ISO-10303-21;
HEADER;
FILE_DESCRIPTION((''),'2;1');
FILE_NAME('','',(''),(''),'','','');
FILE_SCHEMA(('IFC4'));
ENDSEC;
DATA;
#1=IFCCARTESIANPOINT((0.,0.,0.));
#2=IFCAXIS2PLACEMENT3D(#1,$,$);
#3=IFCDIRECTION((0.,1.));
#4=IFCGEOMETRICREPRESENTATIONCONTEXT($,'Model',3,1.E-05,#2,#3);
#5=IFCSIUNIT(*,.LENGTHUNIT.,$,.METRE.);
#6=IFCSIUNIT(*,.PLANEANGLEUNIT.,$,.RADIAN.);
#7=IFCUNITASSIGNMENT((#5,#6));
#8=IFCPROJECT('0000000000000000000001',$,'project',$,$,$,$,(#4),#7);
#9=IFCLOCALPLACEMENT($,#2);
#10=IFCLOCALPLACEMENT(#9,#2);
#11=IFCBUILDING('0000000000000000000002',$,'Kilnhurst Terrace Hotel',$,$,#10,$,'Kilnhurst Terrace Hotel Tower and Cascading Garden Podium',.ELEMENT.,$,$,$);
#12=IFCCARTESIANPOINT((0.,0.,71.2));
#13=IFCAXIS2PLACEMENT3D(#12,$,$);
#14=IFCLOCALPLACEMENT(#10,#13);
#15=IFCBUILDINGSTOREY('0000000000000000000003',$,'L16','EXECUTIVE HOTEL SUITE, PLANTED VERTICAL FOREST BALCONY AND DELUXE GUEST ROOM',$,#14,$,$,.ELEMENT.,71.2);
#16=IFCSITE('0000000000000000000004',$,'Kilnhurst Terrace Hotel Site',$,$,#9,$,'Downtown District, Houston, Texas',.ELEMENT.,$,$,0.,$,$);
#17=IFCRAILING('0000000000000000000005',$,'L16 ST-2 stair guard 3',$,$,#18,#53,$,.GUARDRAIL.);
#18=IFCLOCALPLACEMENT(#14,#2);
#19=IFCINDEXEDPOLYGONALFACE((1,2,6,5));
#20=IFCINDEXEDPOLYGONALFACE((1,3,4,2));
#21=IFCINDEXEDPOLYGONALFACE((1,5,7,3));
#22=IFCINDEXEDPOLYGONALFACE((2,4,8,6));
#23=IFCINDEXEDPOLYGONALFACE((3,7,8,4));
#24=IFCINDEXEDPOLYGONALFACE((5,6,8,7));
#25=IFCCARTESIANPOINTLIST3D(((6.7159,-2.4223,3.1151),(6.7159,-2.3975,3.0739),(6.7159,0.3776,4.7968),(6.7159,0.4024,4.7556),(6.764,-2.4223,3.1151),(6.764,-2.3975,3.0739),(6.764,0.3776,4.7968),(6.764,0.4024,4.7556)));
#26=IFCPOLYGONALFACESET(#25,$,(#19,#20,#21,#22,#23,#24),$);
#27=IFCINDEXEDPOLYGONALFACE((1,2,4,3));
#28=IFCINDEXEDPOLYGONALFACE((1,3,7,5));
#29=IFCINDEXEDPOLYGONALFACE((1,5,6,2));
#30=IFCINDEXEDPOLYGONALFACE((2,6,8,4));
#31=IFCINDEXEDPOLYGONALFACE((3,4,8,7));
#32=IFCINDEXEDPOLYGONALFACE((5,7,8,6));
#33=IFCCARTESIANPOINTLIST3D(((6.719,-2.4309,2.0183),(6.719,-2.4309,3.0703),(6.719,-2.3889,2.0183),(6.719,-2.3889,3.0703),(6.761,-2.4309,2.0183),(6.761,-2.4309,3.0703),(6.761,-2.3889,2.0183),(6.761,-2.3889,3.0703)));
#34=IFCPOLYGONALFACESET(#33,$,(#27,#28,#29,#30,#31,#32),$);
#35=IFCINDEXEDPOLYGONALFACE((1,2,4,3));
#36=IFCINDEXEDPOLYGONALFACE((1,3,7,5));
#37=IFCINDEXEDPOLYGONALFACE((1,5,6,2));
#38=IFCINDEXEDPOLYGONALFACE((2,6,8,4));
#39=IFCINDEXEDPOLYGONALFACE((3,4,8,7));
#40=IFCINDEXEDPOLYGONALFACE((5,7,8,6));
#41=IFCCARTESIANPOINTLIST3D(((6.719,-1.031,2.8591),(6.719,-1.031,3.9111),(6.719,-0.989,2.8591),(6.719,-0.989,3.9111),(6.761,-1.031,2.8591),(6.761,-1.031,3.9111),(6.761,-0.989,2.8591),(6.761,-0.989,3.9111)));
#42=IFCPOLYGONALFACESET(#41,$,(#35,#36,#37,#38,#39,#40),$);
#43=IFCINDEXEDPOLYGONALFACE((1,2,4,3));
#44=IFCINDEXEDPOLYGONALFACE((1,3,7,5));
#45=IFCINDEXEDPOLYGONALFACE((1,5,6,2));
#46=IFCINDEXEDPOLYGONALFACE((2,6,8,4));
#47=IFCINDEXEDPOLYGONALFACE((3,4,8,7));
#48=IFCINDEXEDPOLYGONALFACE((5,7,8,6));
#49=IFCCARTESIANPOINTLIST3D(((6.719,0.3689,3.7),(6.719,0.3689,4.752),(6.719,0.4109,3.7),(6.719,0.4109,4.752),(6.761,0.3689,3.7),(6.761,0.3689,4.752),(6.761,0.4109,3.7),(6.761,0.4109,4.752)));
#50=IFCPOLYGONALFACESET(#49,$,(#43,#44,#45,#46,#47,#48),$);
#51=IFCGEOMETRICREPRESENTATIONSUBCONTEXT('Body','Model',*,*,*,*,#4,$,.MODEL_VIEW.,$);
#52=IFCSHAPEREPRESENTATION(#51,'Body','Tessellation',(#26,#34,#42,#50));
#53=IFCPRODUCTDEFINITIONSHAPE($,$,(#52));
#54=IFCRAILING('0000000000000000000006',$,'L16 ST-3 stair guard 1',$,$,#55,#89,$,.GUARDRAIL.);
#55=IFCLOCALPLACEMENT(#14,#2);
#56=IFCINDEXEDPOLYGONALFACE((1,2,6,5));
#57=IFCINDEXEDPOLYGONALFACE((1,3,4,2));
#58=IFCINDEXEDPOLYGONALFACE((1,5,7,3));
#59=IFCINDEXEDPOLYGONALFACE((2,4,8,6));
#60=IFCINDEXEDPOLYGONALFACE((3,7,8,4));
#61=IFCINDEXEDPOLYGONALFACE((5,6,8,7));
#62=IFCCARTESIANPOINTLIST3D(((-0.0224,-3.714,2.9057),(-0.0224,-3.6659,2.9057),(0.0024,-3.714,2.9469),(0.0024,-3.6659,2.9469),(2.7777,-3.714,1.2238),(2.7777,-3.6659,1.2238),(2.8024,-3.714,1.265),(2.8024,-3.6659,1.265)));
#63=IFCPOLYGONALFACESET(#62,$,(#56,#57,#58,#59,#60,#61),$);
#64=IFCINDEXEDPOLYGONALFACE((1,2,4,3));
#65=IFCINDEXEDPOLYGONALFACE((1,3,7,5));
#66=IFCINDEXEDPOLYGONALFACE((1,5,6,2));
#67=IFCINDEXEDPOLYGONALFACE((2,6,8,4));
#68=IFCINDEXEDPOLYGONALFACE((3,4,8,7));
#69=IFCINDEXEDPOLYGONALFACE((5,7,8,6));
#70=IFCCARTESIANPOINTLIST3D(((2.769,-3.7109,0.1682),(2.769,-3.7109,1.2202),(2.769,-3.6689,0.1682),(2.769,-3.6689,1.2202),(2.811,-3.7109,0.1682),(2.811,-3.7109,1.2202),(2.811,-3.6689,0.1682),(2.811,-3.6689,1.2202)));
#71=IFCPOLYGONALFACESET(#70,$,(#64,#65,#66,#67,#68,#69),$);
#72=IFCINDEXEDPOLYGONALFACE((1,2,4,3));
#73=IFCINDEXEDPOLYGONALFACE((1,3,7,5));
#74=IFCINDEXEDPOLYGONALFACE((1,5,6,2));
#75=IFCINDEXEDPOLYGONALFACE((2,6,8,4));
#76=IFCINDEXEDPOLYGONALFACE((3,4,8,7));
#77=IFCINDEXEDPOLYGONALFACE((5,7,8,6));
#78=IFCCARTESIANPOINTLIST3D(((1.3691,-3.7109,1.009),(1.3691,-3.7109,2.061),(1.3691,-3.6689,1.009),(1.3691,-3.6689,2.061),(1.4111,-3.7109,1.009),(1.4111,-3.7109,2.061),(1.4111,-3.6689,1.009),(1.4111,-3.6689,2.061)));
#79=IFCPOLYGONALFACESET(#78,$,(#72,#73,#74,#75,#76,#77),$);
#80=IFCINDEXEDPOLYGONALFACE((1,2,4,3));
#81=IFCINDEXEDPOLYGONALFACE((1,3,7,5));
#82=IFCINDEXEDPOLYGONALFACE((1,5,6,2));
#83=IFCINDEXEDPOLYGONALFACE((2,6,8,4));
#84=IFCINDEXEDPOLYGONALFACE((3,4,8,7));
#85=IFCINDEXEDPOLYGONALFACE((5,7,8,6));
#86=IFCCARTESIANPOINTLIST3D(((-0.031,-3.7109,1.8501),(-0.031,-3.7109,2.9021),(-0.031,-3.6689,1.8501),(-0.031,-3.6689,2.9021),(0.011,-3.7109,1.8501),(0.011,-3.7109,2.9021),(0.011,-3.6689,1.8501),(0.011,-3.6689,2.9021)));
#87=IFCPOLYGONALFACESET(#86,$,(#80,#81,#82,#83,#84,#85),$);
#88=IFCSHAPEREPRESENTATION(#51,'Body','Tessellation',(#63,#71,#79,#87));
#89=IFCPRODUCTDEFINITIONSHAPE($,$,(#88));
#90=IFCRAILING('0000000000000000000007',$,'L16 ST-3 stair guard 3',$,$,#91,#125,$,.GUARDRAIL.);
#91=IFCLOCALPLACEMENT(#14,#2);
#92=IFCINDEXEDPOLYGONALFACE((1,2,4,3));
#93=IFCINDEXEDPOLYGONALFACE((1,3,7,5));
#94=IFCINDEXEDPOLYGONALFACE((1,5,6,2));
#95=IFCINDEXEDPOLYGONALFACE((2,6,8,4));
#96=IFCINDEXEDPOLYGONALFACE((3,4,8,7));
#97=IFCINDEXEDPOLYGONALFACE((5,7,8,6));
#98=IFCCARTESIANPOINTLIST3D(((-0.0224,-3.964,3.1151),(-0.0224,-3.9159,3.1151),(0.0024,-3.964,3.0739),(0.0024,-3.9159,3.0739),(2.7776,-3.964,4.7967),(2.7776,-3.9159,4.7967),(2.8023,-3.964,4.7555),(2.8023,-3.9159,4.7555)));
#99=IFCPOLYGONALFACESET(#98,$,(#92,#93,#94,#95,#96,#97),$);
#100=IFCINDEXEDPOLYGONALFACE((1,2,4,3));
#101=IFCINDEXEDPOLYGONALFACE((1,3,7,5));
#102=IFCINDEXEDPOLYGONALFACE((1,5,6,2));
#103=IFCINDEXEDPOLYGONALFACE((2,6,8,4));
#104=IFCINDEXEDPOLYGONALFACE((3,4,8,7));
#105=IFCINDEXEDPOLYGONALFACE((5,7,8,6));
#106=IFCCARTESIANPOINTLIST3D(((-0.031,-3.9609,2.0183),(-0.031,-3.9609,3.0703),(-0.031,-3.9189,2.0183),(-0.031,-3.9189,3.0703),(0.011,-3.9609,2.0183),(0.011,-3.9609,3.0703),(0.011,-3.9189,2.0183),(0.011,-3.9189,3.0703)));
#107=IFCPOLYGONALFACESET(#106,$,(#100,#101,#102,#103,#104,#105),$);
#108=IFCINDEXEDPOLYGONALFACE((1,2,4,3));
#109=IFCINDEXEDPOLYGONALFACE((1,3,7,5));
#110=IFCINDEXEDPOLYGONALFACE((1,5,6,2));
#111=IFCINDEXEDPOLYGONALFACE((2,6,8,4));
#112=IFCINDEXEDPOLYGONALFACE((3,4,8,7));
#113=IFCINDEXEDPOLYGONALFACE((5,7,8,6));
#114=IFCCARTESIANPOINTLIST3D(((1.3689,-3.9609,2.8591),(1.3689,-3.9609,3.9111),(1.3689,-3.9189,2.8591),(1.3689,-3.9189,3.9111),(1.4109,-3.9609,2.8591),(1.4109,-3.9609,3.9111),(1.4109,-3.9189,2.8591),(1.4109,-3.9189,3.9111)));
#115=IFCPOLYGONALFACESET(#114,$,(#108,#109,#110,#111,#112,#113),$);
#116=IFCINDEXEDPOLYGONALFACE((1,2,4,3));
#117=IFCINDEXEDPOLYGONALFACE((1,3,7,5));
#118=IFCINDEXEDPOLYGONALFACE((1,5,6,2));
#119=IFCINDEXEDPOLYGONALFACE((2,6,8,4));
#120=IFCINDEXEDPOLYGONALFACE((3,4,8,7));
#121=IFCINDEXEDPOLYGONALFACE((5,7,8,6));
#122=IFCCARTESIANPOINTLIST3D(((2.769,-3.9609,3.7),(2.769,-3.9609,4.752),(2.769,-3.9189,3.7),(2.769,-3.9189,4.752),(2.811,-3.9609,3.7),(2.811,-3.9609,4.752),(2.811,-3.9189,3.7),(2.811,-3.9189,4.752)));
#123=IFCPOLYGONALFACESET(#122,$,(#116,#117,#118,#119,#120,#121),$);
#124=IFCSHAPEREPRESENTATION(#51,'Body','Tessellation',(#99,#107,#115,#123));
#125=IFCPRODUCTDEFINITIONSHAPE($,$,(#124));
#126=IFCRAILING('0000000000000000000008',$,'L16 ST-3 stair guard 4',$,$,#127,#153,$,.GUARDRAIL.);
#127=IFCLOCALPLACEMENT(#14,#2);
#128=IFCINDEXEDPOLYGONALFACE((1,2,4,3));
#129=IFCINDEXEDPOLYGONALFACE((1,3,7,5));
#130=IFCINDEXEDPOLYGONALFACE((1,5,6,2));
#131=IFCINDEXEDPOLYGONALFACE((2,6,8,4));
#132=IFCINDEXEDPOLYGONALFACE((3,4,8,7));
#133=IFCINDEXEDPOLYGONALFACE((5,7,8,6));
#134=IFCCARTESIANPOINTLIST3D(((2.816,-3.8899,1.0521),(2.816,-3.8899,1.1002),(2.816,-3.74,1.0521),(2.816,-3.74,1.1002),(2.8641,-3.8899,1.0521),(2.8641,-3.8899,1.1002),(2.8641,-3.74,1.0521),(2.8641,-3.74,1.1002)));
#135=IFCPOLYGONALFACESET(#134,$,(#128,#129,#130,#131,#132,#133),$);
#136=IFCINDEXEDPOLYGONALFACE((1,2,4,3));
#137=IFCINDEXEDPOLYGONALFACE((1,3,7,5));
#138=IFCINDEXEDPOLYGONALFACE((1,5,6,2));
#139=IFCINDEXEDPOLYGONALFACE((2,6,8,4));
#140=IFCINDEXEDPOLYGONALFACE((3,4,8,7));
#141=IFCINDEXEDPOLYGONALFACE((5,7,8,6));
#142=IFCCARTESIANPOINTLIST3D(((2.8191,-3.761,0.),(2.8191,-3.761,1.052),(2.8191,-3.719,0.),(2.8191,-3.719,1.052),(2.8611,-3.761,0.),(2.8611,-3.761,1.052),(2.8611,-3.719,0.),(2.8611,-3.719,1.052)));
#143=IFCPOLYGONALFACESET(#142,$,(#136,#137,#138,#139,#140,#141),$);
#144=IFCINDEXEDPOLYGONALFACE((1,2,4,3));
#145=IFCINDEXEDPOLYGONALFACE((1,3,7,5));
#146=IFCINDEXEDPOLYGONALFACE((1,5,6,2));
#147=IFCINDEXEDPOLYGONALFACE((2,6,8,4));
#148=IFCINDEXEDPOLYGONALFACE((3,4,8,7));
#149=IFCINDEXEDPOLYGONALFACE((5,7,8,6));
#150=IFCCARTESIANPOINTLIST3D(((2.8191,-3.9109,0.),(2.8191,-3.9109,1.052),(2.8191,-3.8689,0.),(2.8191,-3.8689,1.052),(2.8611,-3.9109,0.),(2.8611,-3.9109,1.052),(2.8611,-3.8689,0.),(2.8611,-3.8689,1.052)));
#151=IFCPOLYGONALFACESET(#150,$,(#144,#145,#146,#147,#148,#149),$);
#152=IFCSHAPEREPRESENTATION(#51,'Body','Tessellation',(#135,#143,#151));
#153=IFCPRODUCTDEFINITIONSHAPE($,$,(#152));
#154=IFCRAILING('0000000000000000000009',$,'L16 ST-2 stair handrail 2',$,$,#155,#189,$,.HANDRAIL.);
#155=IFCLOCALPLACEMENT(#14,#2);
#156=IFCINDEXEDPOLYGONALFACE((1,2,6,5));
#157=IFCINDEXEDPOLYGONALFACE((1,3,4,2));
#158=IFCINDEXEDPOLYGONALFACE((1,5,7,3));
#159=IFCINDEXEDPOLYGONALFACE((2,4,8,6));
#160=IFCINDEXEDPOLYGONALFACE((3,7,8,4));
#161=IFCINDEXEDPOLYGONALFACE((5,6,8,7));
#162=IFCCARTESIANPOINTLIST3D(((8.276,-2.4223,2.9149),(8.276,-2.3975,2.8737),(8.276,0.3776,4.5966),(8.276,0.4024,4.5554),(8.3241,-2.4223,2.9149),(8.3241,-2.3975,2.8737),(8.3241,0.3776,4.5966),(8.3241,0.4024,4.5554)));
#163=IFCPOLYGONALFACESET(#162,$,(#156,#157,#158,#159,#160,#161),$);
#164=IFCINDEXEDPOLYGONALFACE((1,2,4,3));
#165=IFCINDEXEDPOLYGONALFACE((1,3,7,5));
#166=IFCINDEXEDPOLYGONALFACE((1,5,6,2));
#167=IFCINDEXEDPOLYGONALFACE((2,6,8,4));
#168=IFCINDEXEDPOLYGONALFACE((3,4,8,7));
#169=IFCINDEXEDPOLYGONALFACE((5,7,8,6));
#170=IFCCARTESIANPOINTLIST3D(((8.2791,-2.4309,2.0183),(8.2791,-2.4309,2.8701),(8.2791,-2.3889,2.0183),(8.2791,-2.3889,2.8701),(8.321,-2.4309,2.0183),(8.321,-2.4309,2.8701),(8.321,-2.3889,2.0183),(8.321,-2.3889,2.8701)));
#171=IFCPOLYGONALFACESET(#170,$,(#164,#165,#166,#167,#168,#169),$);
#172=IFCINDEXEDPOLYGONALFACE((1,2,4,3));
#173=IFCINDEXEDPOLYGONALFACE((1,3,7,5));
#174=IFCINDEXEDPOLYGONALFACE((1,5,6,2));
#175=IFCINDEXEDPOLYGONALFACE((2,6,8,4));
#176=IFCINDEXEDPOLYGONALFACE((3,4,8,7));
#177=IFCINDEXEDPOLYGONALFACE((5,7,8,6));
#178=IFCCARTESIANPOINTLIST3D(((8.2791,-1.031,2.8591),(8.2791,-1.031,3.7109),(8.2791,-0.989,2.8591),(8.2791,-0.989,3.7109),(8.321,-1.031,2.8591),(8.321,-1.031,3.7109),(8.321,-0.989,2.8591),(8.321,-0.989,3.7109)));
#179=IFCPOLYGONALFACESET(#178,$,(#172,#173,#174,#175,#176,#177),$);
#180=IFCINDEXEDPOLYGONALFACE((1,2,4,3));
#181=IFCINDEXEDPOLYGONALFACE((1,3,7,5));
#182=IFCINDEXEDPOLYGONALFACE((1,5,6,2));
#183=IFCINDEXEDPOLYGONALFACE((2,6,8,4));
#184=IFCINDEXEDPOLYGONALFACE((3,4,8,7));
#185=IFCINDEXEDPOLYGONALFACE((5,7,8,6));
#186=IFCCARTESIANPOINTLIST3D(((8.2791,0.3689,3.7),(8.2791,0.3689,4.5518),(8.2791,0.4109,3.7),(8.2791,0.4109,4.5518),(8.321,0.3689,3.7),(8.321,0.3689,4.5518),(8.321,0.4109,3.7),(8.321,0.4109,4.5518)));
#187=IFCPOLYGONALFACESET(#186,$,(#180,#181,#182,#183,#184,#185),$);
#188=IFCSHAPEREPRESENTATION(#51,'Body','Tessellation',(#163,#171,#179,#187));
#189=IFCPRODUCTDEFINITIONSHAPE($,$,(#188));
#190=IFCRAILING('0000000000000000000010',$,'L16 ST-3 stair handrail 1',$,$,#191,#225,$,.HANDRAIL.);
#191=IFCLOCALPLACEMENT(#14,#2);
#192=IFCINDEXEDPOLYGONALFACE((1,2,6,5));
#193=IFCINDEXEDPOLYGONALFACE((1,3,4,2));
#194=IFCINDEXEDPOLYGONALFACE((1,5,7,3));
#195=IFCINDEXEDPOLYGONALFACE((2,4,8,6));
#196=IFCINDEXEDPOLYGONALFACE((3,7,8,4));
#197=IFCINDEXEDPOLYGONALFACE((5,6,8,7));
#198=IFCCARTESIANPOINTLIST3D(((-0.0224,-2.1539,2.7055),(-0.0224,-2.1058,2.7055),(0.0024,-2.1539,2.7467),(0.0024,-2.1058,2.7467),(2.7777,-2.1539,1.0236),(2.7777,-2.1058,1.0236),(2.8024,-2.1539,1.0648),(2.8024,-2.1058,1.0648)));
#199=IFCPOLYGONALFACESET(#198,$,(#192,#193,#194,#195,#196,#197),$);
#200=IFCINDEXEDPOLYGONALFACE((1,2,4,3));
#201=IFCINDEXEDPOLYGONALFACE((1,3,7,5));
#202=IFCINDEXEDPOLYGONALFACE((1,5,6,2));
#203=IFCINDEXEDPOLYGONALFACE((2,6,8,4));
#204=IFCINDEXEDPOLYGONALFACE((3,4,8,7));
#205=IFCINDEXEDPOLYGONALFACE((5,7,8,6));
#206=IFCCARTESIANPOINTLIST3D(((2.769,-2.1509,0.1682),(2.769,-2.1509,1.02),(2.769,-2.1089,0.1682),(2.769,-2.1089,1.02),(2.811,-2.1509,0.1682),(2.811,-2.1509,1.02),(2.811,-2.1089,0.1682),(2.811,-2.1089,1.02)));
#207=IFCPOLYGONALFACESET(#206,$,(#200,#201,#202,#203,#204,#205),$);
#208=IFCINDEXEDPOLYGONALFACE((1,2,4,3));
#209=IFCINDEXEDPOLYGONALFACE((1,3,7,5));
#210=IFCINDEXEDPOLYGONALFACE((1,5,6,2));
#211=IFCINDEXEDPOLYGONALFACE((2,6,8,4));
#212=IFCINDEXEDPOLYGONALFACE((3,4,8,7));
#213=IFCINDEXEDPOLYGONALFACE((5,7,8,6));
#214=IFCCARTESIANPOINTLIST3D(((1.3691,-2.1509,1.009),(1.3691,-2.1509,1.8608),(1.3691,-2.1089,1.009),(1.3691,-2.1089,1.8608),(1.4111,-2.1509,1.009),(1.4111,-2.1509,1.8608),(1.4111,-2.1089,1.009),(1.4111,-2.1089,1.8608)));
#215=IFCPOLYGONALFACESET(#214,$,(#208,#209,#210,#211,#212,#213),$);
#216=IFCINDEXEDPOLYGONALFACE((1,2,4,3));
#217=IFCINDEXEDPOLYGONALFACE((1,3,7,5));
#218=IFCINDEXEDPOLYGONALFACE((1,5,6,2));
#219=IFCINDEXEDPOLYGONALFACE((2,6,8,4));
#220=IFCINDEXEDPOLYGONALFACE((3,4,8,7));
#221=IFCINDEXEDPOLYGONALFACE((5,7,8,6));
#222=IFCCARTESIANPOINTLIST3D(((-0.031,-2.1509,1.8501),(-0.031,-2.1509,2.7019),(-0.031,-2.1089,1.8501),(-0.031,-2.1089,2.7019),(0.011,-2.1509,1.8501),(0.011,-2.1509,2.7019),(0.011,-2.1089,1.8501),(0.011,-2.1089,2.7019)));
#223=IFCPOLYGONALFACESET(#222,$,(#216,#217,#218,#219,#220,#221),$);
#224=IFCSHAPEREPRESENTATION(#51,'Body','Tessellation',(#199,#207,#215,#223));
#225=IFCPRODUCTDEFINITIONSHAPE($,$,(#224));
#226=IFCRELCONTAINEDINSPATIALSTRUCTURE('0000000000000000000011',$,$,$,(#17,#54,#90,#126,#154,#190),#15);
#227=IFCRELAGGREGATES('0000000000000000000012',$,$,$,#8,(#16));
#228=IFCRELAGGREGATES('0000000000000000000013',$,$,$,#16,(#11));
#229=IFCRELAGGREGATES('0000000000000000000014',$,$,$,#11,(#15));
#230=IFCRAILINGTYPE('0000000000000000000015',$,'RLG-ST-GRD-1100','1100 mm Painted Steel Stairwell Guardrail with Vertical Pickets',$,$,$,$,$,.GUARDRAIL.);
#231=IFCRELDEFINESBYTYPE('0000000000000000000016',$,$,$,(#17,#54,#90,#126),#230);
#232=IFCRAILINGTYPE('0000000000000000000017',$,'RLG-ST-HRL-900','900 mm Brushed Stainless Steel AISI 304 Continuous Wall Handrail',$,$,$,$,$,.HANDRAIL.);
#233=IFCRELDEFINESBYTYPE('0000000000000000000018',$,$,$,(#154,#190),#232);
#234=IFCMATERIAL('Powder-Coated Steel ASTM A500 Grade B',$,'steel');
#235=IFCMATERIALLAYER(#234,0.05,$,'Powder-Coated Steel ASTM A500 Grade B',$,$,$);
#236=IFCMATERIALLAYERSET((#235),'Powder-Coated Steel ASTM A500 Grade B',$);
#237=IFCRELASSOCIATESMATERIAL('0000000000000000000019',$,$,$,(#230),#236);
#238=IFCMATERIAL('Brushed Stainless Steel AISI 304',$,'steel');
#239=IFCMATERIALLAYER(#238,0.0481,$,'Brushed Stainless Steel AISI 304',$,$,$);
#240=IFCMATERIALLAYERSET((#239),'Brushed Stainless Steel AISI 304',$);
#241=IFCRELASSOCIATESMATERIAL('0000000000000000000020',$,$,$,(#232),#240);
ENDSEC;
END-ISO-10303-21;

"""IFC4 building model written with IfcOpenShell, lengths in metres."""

from ifc_helpers import new_model, si_unit, direction, frame, origin, origin_2d, place, context, subcontext, project, spatial, rectangle, extrude, material, layer, layer_set, type_object, element, save


model = new_model("IFC4")

# Units and contexts
model_context = context("Model", 3, precision=1e-05, world=origin(), true_north=direction((0.0, 1.0)))
body_context = subcontext(model_context, "Body", "Model", "MODEL_VIEW")
ifc_project = project(units=[si_unit("LENGTHUNIT", "METRE"), si_unit("PLANEANGLEUNIT", "RADIAN")], contexts=[model_context])

# Site, building, storey
site_placement = place(None, origin())
site = spatial("IfcSite", under=ifc_project, at=site_placement, Name="Kilnhurst Terrace Hotel Site", LongName="Downtown District, Houston, Texas", CompositionType="ELEMENT", RefElevation=0.0)
building_placement = place(site_placement, origin())
building = spatial("IfcBuilding", under=site, at=building_placement, Name="Kilnhurst Terrace Hotel", LongName="Kilnhurst Terrace Hotel Tower and Cascading Garden Podium", CompositionType="ELEMENT")
storey_placement = place(building_placement, frame((0.0, 0.0, 71.2)))
storey = spatial("IfcBuildingStorey", under=building, at=storey_placement, Name="L16", Description="EXECUTIVE HOTEL SUITE, PLANTED VERTICAL FOREST BALCONY AND DELUXE GUEST ROOM", CompositionType="ELEMENT", Elevation=71.2)

# Railings
ifc_material_1 = material(Name="Powder-Coated Steel ASTM A500 Grade B", Category="steel")
ifc_layer_1 = layer(ifc_material_1, 0.05, Name="Powder-Coated Steel ASTM A500 Grade B")
ifc_layer_set_1 = layer_set([ifc_layer_1], Name="Powder-Coated Steel ASTM A500 Grade B")
railing_type_1 = type_object("IfcRailingType", Name="RLG-ST-GRD-1100", Description="1100 mm Painted Steel Stairwell Guardrail with Vertical Pickets", PredefinedType="GUARDRAIL", material=ifc_layer_set_1)
railing_1_placement = place(storey_placement, frame((6.74, -2.4099, 2.0183)))
element("IfcRailing", 1, at=railing_1_placement, inside=storey, type_object=railing_type_1, Name="L16 ST-2 stair guard 3", PredefinedType="GUARDRAIL", context=body_context, shape_type="SweptSolid", body=[
    extrude(rectangle(XDim=0.0481, YDim=0.0481, at=origin_2d()), frame((0.0, 0.0, 1.0762), z_axis=(0.0, 0.857255, 0.514891), x_axis=(-1.0, 0.0, 0.0)), (0.0, 0.0, 1.0), 3.2661),
    extrude(rectangle(XDim=0.042, YDim=0.042, at=origin_2d()), origin(), (0.0, 0.0, 1.0), 1.052),
    extrude(rectangle(XDim=0.042, YDim=0.042, at=origin_2d()), frame((0.0, 1.3999, 0.8408)), (0.0, 0.0, 1.0), 1.052),
    extrude(rectangle(XDim=0.042, YDim=0.042, at=origin_2d()), frame((0.0, 2.7998, 1.6816)), (0.0, 0.0, 1.0), 1.052),
])
railing_2_placement = place(storey_placement, frame((2.79, -3.6899, 0.1682)))
element("IfcRailing", 2, at=railing_2_placement, inside=storey, type_object=railing_type_1, Name="L16 ST-3 stair guard 1", PredefinedType="GUARDRAIL", context=body_context, shape_type="SweptSolid", body=[
    extrude(rectangle(XDim=0.0481, YDim=0.0481, at=origin_2d()), frame((0.0, 0.0, 1.0762), z_axis=(-0.857242, 0.0, 0.514913), x_axis=(0.0, -1.0, 0.0)), (0.0, 0.0, 1.0), 3.2664),
    extrude(rectangle(XDim=0.042, YDim=0.042, at=origin_2d()), origin(), (0.0, 0.0, 1.0), 1.052),
    extrude(rectangle(XDim=0.042, YDim=0.042, at=origin_2d()), frame((-1.3999, 0.0, 0.8408)), (0.0, 0.0, 1.0), 1.052),
    extrude(rectangle(XDim=0.042, YDim=0.042, at=origin_2d()), frame((-2.8, 0.0, 1.6819)), (0.0, 0.0, 1.0), 1.052),
])
railing_3_placement = place(storey_placement, frame((-0.01, -3.9399, 2.0183)))
element("IfcRailing", 3, at=railing_3_placement, inside=storey, type_object=railing_type_1, Name="L16 ST-3 stair guard 3", PredefinedType="GUARDRAIL", context=body_context, shape_type="SweptSolid", body=[
    extrude(rectangle(XDim=0.0481, YDim=0.0481, at=origin_2d()), frame((0.0, 0.0, 1.0762), z_axis=(0.857275, 0.0, 0.514858), x_axis=(0.0, 1.0, 0.0)), (0.0, 0.0, 1.0), 3.2661),
    extrude(rectangle(XDim=0.042, YDim=0.042, at=origin_2d()), origin(), (0.0, 0.0, 1.0), 1.052),
    extrude(rectangle(XDim=0.042, YDim=0.042, at=origin_2d()), frame((1.3999, 0.0, 0.8408)), (0.0, 0.0, 1.0), 1.052),
    extrude(rectangle(XDim=0.042, YDim=0.042, at=origin_2d()), frame((2.8, 0.0, 1.6816)), (0.0, 0.0, 1.0), 1.052),
])
railing_4_placement = place(storey_placement, frame((2.8401, -3.74, 0.0)))
element("IfcRailing", 4, at=railing_4_placement, inside=storey, type_object=railing_type_1, Name="L16 ST-3 stair guard 4", PredefinedType="GUARDRAIL", context=body_context, shape_type="SweptSolid", body=[
    extrude(rectangle(XDim=0.0481, YDim=0.0481, at=origin_2d()), frame((0.0, 0.0, 1.0762), z_axis=(0.0, -1.0, 0.0), x_axis=(1.0, 0.0, 0.0)), (0.0, 0.0, 1.0), 0.1499),
    extrude(rectangle(XDim=0.042, YDim=0.042, at=origin_2d()), origin(), (0.0, 0.0, 1.0), 1.052),
    extrude(rectangle(XDim=0.042, YDim=0.042, at=origin_2d()), frame((0.0, -0.1499, 0.0)), (0.0, 0.0, 1.0), 1.052),
])
ifc_material_2 = material(Name="Brushed Stainless Steel AISI 304", Category="steel")
ifc_layer_2 = layer(ifc_material_2, 0.0481, Name="Brushed Stainless Steel AISI 304")
ifc_layer_set_2 = layer_set([ifc_layer_2], Name="Brushed Stainless Steel AISI 304")
railing_type_2 = type_object("IfcRailingType", Name="RLG-ST-HRL-900", Description="900 mm Brushed Stainless Steel AISI 304 Continuous Wall Handrail", PredefinedType="HANDRAIL", material=ifc_layer_set_2)
railing_5_placement = place(storey_placement, frame((8.3, -2.4099, 2.0183)))
element("IfcRailing", 5, at=railing_5_placement, inside=storey, type_object=railing_type_2, Name="L16 ST-2 stair handrail 2", PredefinedType="HANDRAIL", context=body_context, shape_type="SweptSolid", body=[
    extrude(rectangle(XDim=0.0481, YDim=0.0481, at=origin_2d()), frame((0.0, 0.0, 0.876), z_axis=(0.0, 0.857255, 0.514891), x_axis=(-1.0, 0.0, 0.0)), (0.0, 0.0, 1.0), 3.2661),
    extrude(rectangle(XDim=0.042, YDim=0.042, at=origin_2d()), origin(), (0.0, 0.0, 1.0), 0.8518),
    extrude(rectangle(XDim=0.042, YDim=0.042, at=origin_2d()), frame((0.0, 1.3999, 0.8408)), (0.0, 0.0, 1.0), 0.8518),
    extrude(rectangle(XDim=0.042, YDim=0.042, at=origin_2d()), frame((0.0, 2.7998, 1.6816)), (0.0, 0.0, 1.0), 0.8518),
])
railing_6_placement = place(storey_placement, frame((2.79, -2.1299, 0.1682)))
element("IfcRailing", 6, at=railing_6_placement, inside=storey, type_object=railing_type_2, Name="L16 ST-3 stair handrail 1", PredefinedType="HANDRAIL", context=body_context, shape_type="SweptSolid", body=[
    extrude(rectangle(XDim=0.0481, YDim=0.0481, at=origin_2d()), frame((0.0, 0.0, 0.876), z_axis=(-0.857242, 0.0, 0.514913), x_axis=(0.0, -1.0, 0.0)), (0.0, 0.0, 1.0), 3.2664),
    extrude(rectangle(XDim=0.042, YDim=0.042, at=origin_2d()), origin(), (0.0, 0.0, 1.0), 0.8518),
    extrude(rectangle(XDim=0.042, YDim=0.042, at=origin_2d()), frame((-1.3999, 0.0, 0.8408)), (0.0, 0.0, 1.0), 0.8518),
    extrude(rectangle(XDim=0.042, YDim=0.042, at=origin_2d()), frame((-2.8, 0.0, 1.6819)), (0.0, 0.0, 1.0), 0.8518),
])

save(model, "model.ifc")
